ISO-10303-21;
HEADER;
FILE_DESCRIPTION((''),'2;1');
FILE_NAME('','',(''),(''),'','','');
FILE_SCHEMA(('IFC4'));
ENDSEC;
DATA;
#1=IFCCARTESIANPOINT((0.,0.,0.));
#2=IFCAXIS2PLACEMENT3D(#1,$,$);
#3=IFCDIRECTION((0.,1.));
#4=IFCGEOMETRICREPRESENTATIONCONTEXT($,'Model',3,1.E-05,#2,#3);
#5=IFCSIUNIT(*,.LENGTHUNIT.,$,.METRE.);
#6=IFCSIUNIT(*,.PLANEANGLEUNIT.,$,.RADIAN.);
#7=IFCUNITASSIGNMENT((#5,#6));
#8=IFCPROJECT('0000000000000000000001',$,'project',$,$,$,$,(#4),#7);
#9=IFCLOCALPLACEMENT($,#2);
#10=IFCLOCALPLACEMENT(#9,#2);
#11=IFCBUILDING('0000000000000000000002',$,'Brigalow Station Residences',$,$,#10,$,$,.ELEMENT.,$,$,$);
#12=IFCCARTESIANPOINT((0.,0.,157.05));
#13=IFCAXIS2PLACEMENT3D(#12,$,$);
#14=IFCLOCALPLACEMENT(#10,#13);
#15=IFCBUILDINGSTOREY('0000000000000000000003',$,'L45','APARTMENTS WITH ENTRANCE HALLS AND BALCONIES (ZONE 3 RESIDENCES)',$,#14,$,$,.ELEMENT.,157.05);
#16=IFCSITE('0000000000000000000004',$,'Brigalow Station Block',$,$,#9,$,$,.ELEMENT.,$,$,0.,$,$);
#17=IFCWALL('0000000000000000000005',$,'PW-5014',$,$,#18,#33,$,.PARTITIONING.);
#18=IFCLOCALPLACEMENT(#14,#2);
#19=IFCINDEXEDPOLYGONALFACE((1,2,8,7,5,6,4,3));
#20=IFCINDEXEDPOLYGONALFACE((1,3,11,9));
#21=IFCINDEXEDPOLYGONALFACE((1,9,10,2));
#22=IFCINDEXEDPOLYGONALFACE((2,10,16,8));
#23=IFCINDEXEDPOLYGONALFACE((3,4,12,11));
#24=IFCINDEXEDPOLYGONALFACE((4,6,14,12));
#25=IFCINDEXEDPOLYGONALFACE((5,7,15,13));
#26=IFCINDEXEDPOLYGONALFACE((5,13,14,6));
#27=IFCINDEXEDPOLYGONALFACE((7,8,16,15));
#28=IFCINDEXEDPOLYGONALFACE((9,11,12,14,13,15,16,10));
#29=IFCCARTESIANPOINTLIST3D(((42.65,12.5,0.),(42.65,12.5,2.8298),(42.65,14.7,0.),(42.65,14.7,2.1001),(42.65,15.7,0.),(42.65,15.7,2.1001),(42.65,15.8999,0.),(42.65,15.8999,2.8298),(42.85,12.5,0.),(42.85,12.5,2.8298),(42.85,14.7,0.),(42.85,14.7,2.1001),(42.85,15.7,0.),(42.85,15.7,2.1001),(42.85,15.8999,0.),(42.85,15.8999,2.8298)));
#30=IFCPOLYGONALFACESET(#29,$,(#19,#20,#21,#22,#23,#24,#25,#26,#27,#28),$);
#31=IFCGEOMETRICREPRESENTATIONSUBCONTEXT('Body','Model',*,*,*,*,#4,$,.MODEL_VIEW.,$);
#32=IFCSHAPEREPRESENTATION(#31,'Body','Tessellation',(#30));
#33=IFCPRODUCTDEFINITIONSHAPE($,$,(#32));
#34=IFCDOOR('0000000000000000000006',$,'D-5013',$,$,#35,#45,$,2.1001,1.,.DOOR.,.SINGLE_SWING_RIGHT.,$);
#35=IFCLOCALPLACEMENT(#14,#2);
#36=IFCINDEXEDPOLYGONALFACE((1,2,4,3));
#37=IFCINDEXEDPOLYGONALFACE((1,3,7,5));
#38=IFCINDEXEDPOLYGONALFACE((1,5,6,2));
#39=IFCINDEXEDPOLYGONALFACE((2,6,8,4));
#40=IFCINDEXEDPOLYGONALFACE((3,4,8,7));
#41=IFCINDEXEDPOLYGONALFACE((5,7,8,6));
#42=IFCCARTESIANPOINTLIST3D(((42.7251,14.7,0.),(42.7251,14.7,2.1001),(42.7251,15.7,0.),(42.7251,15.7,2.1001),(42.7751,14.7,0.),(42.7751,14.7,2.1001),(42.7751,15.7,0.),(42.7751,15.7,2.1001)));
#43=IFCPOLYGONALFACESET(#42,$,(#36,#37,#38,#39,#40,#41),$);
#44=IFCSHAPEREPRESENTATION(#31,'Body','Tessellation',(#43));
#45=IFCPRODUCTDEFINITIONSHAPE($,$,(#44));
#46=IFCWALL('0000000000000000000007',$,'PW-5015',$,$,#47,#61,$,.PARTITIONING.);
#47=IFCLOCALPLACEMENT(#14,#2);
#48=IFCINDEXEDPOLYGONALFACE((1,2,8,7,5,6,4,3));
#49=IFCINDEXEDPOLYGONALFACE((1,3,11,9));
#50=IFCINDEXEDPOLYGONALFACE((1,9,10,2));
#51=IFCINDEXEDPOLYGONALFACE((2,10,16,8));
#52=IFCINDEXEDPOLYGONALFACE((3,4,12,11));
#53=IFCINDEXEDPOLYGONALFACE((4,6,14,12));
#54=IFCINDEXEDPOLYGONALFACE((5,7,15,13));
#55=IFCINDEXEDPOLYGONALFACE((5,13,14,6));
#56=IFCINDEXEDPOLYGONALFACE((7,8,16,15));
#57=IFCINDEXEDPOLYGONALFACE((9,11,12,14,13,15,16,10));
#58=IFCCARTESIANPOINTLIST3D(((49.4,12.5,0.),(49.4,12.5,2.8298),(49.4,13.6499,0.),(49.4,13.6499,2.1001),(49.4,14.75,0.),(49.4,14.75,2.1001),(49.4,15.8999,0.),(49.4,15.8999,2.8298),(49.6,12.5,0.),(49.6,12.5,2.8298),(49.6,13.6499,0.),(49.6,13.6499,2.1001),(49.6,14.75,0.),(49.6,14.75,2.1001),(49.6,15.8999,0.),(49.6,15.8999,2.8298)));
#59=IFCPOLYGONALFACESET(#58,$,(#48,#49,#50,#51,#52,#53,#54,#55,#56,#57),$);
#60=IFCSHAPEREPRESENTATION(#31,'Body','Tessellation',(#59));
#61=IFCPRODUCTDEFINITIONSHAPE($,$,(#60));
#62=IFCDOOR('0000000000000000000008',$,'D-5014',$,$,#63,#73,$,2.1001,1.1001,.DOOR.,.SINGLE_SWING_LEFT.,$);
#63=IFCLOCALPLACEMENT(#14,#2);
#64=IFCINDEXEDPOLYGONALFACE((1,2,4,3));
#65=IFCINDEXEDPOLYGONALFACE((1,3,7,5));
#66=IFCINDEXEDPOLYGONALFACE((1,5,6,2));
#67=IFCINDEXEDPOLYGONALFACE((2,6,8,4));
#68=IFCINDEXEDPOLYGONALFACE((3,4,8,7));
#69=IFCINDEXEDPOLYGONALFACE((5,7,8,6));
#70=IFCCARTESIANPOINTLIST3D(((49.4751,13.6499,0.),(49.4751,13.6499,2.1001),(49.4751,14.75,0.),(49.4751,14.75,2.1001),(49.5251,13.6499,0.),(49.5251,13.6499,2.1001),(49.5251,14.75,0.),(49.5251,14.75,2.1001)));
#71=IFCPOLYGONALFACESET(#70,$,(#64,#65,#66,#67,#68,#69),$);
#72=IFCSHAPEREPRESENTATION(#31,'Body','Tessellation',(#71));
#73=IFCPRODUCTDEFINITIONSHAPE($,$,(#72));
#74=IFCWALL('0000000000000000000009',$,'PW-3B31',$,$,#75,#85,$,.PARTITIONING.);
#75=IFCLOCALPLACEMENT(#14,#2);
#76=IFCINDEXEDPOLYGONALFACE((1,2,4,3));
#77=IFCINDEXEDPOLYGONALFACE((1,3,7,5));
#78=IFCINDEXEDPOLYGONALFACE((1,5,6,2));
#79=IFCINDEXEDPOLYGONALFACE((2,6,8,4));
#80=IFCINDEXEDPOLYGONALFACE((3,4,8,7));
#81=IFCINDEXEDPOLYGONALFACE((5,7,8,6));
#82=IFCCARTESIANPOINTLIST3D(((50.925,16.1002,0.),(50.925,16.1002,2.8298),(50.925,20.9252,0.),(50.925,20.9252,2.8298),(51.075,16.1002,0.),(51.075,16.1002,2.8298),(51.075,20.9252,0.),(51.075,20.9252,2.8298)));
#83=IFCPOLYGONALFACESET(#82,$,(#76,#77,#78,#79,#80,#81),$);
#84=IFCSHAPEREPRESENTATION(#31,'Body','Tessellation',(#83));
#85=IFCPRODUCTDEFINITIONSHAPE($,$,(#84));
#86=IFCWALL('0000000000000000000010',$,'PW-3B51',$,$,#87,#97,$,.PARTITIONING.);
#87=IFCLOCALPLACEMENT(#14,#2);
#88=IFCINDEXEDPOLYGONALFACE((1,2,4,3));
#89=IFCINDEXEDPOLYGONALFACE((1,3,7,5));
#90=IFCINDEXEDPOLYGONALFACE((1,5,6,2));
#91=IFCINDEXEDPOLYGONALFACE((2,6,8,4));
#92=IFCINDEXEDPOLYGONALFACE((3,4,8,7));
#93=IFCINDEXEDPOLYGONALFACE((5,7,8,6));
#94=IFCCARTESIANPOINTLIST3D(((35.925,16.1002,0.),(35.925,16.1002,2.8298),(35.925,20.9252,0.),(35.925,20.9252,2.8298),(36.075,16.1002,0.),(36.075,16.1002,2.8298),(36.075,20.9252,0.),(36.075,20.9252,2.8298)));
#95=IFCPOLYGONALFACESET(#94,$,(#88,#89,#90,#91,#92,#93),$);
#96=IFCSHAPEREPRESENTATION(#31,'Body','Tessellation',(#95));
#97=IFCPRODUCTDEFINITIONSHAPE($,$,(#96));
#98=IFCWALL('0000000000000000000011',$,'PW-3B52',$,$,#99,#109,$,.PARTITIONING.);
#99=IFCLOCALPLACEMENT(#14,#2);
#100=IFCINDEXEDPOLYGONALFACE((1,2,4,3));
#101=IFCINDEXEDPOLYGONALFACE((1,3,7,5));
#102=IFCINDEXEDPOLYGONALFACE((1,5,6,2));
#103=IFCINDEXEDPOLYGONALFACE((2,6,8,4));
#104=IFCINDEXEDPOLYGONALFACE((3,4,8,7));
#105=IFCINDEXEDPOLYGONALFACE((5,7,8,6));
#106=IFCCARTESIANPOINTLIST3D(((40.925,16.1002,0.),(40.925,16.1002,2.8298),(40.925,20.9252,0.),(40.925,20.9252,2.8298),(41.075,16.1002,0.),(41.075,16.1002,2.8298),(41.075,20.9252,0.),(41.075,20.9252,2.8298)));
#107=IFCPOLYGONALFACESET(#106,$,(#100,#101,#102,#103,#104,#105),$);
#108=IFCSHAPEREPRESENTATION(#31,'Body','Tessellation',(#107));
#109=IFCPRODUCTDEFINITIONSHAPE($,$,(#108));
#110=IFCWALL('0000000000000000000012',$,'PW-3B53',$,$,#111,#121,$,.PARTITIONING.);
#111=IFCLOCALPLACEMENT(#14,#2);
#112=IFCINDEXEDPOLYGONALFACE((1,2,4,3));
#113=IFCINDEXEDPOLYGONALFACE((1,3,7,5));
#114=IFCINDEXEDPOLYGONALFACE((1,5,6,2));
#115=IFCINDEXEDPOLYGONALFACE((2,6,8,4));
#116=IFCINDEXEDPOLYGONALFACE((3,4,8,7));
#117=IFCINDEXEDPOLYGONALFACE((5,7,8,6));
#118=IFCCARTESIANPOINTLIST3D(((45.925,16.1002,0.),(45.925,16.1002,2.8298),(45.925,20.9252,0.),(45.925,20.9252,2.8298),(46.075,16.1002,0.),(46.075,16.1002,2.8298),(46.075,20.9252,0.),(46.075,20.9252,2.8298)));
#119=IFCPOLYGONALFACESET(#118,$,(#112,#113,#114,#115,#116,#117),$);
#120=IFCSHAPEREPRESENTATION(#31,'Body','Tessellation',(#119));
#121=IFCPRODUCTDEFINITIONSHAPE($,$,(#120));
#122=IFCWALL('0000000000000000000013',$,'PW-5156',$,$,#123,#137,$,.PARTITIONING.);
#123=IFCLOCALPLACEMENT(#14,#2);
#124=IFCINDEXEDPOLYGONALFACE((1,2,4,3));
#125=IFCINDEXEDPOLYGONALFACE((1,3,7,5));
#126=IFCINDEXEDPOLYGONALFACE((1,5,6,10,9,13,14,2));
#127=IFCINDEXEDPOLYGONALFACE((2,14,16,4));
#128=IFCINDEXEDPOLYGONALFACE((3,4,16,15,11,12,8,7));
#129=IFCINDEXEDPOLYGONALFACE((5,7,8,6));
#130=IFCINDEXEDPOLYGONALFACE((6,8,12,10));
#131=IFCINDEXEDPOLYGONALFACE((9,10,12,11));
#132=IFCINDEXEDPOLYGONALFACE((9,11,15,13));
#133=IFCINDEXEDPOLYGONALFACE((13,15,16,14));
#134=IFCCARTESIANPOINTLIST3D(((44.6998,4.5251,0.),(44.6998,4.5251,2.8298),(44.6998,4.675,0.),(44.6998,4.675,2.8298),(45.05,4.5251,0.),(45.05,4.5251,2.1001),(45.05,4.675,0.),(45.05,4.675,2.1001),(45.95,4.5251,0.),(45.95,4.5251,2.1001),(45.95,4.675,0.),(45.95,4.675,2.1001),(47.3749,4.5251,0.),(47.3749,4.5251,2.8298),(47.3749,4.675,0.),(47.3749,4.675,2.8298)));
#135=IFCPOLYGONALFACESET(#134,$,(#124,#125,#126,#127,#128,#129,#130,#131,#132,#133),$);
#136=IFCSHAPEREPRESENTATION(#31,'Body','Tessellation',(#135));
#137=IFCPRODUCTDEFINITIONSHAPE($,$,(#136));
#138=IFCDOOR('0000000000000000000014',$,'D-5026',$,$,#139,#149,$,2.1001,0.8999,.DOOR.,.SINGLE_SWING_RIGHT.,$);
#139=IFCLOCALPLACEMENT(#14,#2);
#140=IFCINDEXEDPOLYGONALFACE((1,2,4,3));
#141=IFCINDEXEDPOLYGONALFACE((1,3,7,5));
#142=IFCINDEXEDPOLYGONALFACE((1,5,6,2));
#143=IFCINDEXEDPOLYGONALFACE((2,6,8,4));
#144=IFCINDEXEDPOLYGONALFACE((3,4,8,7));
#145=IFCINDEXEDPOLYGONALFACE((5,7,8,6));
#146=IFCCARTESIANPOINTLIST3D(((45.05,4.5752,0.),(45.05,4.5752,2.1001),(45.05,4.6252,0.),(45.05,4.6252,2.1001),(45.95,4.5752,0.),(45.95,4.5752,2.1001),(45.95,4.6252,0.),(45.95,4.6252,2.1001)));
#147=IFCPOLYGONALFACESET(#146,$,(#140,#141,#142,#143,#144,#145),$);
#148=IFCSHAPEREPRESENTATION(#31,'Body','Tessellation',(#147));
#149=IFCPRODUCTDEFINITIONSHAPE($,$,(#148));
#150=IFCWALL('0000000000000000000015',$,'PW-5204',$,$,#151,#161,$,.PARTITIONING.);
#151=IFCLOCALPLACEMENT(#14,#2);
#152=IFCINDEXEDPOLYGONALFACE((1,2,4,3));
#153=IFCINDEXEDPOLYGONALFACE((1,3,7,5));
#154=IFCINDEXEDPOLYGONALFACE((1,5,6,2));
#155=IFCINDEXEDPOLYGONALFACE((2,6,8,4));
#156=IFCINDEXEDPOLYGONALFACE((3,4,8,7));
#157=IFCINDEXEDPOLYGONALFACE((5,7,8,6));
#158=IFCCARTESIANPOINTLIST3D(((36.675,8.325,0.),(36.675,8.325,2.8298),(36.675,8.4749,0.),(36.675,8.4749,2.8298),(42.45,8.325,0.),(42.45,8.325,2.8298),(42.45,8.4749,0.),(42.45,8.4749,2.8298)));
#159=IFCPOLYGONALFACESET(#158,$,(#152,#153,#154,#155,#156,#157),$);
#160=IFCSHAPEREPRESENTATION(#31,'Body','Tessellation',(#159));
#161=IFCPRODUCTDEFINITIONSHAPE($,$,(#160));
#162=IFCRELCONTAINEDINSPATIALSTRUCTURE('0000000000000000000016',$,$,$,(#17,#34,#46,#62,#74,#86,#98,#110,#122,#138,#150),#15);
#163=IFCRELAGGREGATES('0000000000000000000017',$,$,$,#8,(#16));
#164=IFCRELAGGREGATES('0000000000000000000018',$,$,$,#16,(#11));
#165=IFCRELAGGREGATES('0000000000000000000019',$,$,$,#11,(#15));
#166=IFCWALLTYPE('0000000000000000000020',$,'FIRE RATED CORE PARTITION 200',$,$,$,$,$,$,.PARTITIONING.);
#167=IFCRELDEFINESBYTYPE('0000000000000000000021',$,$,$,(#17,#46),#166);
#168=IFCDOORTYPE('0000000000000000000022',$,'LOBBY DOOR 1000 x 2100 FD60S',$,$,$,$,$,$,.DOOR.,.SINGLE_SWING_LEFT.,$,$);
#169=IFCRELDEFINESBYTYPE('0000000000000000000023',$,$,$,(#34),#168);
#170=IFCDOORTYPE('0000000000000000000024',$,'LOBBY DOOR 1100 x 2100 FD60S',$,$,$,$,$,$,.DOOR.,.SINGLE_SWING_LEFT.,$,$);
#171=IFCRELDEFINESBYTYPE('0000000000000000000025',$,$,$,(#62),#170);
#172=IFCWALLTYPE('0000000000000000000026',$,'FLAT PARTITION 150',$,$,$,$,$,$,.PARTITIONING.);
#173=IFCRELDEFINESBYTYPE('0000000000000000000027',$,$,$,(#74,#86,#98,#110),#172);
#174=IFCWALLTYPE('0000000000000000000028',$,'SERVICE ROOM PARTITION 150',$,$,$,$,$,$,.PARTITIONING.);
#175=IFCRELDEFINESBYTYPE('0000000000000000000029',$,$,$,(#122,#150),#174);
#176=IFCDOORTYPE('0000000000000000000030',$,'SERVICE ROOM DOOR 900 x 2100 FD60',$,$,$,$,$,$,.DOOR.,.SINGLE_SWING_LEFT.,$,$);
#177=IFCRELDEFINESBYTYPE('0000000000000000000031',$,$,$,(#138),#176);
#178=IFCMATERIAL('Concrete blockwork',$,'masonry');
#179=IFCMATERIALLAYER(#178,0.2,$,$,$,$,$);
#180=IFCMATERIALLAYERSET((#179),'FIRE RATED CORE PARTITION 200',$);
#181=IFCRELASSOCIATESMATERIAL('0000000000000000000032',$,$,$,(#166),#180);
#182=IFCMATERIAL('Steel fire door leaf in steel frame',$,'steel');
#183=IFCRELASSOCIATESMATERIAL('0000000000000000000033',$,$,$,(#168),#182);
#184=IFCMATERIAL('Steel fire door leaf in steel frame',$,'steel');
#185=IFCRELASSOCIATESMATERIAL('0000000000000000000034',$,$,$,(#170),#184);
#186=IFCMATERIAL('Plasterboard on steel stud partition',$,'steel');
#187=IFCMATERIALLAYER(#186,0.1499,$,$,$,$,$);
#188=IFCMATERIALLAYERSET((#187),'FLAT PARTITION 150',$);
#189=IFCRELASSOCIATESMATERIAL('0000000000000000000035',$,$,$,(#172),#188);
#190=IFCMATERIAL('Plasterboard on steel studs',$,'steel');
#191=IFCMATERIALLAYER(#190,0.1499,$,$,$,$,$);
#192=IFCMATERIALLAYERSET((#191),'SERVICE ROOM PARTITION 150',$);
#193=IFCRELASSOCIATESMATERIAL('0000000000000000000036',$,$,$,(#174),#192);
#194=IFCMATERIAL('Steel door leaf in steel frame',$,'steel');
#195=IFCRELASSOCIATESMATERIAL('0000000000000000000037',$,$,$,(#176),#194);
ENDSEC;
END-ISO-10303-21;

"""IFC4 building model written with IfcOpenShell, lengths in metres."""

from ifc_helpers import new_model, si_unit, direction, frame, frame_2d, origin, place, context, subcontext, project, spatial, rectangle, extrude, material, layer, layer_set, type_object, element, fill, save


model = new_model("IFC4")

# Units and contexts
model_context = context("Model", 3, precision=1e-05, world=origin(), true_north=direction((0.0, 1.0)))
body_context = subcontext(model_context, "Body", "Model", "MODEL_VIEW")
ifc_project = project(units=[si_unit("LENGTHUNIT", "METRE"), si_unit("PLANEANGLEUNIT", "RADIAN")], contexts=[model_context])

# Site, building, storey
site_placement = place(None, origin())
site = spatial("IfcSite", under=ifc_project, at=site_placement, Name="Brigalow Station Block", CompositionType="ELEMENT", RefElevation=0.0)
building_placement = place(site_placement, origin())
building = spatial("IfcBuilding", under=site, at=building_placement, Name="Brigalow Station Residences", CompositionType="ELEMENT")
storey_placement = place(building_placement, frame((0.0, 0.0, 157.05)))
storey = spatial("IfcBuildingStorey", under=building, at=storey_placement, Name="L45", Description="APARTMENTS WITH ENTRANCE HALLS AND BALCONIES (ZONE 3 RESIDENCES)", CompositionType="ELEMENT", Elevation=157.05)

# Shared definitions
ifc_material_1 = material(Name="Concrete blockwork", Category="masonry")
ifc_layer_1 = layer(ifc_material_1, 0.2)
ifc_layer_set_1 = layer_set([ifc_layer_1], Name="FIRE RATED CORE PARTITION 200")
wall_type_1 = type_object("IfcWallType", Name="FIRE RATED CORE PARTITION 200", PredefinedType="PARTITIONING", material=ifc_layer_set_1)

# Walls, openings, doors
wall_1_placement = place(storey_placement, frame((42.75, 12.5, 0.0), z_axis=(0.0, 0.0, 1.0), x_axis=(0.0, 1.0, 0.0)))
wall_1 = element("IfcWall", 1, at=wall_1_placement, inside=storey, type_object=wall_type_1, Name="PW-5014", PredefinedType="PARTITIONING", context=body_context, shape_type="SweptSolid", body=[
    extrude(rectangle(XDim=3.3999, YDim=0.2, at=frame_2d((1.7, 0.0))), origin(), (0.0, 0.0, 1.0), 2.8298),
])
opening_1_placement = place(wall_1_placement, frame((2.2, 0.0, 0.0)))
opening_1 = element("IfcOpeningElement", 2, at=opening_1_placement, cuts=wall_1, PredefinedType="OPENING", context=body_context, shape_type="SweptSolid", body=[
    extrude(rectangle(XDim=1.0, YDim=2.1001, at=frame_2d((0.5, 1.05))), frame((0.0, 0.1099, 0.0), z_axis=(0.0, -1.0, 0.0), x_axis=(1.0, 0.0, 0.0)), (0.0, 0.0, 1.0), 0.22),
])
ifc_material_2 = material(Name="Steel fire door leaf in steel frame", Category="steel")
door_type_1 = type_object("IfcDoorType", Name="LOBBY DOOR 1000 x 2100 FD60S", OperationType="SINGLE_SWING_LEFT", PredefinedType="DOOR", material=ifc_material_2)
door_1_placement = place(opening_1_placement, origin())
door_1 = element("IfcDoor", 3, at=door_1_placement, inside=storey, type_object=door_type_1, Name="D-5013", OperationType="SINGLE_SWING_RIGHT", OverallHeight=2.1001, OverallWidth=1.0, PredefinedType="DOOR", context=body_context, shape_type="SweptSolid", body=[
    extrude(rectangle(XDim=1.0, YDim=2.1001, at=frame_2d((0.5, 1.05))), frame((0.0, 0.0249, 0.0), z_axis=(0.0, -1.0, 0.0), x_axis=(1.0, 0.0, 0.0)), (0.0, 0.0, 1.0), 0.05),
])
fill(opening_1, door_1)
wall_2_placement = place(storey_placement, frame((49.5, 12.5, 0.0), z_axis=(0.0, 0.0, 1.0), x_axis=(0.0, 1.0, 0.0)))
wall_2 = element("IfcWall", 4, at=wall_2_placement, inside=storey, type_object=wall_type_1, Name="PW-5015", PredefinedType="PARTITIONING", context=body_context, shape_type="SweptSolid", body=[
    extrude(rectangle(XDim=3.3999, YDim=0.2, at=frame_2d((1.7, 0.0))), origin(), (0.0, 0.0, 1.0), 2.8298),
])
opening_2_placement = place(wall_2_placement, frame((1.1499, 0.0, 0.0)))
opening_2 = element("IfcOpeningElement", 5, at=opening_2_placement, cuts=wall_2, PredefinedType="OPENING", context=body_context, shape_type="SweptSolid", body=[
    extrude(rectangle(XDim=1.1001, YDim=2.1001, at=frame_2d((0.55, 1.05))), frame((0.0, 0.1099, 0.0), z_axis=(0.0, -1.0, 0.0), x_axis=(1.0, 0.0, 0.0)), (0.0, 0.0, 1.0), 0.22),
])
ifc_material_3 = material(Name="Steel fire door leaf in steel frame", Category="steel")
door_type_2 = type_object("IfcDoorType", Name="LOBBY DOOR 1100 x 2100 FD60S", OperationType="SINGLE_SWING_LEFT", PredefinedType="DOOR", material=ifc_material_3)
door_2_placement = place(opening_2_placement, origin())
door_2 = element("IfcDoor", 6, at=door_2_placement, inside=storey, type_object=door_type_2, Name="D-5014", OperationType="SINGLE_SWING_LEFT", OverallHeight=2.1001, OverallWidth=1.1001, PredefinedType="DOOR", context=body_context, shape_type="SweptSolid", body=[
    extrude(rectangle(XDim=1.1001, YDim=2.1001, at=frame_2d((0.55, 1.05))), frame((0.0, 0.0249, 0.0), z_axis=(0.0, -1.0, 0.0), x_axis=(1.0, 0.0, 0.0)), (0.0, 0.0, 1.0), 0.05),
])
fill(opening_2, door_2)

# Walls
ifc_material_4 = material(Name="Plasterboard on steel stud partition", Category="steel")
ifc_layer_2 = layer(ifc_material_4, 0.1499)
ifc_layer_set_2 = layer_set([ifc_layer_2], Name="FLAT PARTITION 150")
wall_type_2 = type_object("IfcWallType", Name="FLAT PARTITION 150", PredefinedType="PARTITIONING", material=ifc_layer_set_2)
for number, where, z_axis, x_axis, name in (
    (7, (51.0, 16.1001, 0.0), (0.0, 0.0, 1.0), (0.0, 1.0, 0.0), "PW-3B31"),
    (8, (36.0, 16.1001, 0.0), (0.0, 0.0, 1.0), (0.0, 1.0, 0.0), "PW-3B51"),
    (9, (41.0, 16.1001, 0.0), (0.0, 0.0, 1.0), (0.0, 1.0, 0.0), "PW-3B52"),
    (10, (46.0, 16.1001, 0.0), (0.0, 0.0, 1.0), (0.0, 1.0, 0.0), "PW-3B53"),
):
    element("IfcWall", number, at=place(storey_placement, frame(where, z_axis=z_axis, x_axis=x_axis)), inside=storey, type_object=wall_type_2, Name=name, PredefinedType="PARTITIONING", context=body_context, shape_type="SweptSolid", body=[
        extrude(rectangle(XDim=4.825, YDim=0.1499, at=frame_2d((2.4126, 0.0))), origin(), (0.0, 0.0, 1.0), 2.8298),
    ])

# Wall, opening, door
ifc_material_5 = material(Name="Plasterboard on steel studs", Category="steel")
ifc_layer_3 = layer(ifc_material_5, 0.1499)
ifc_layer_set_3 = layer_set([ifc_layer_3], Name="SERVICE ROOM PARTITION 150")
wall_type_3 = type_object("IfcWallType", Name="SERVICE ROOM PARTITION 150", PredefinedType="PARTITIONING", material=ifc_layer_set_3)
wall_3_placement = place(storey_placement, frame((44.7, 4.6001, 0.0), z_axis=(0.0, 0.0, 1.0), x_axis=(1.0, 0.0, 0.0)))
wall_3 = element("IfcWall", 11, at=wall_3_placement, inside=storey, type_object=wall_type_3, Name="PW-5156", PredefinedType="PARTITIONING", context=body_context, shape_type="SweptSolid", body=[
    extrude(rectangle(XDim=2.675, YDim=0.1499, at=frame_2d((1.3374, 0.0))), origin(), (0.0, 0.0, 1.0), 2.8298),
])
opening_3_placement = place(wall_3_placement, frame((0.3501, 0.0, 0.0)))
opening_3 = element("IfcOpeningElement", 12, at=opening_3_placement, cuts=wall_3, PredefinedType="OPENING", context=body_context, shape_type="SweptSolid", body=[
    extrude(rectangle(XDim=0.8999, YDim=2.1001, at=frame_2d((0.45, 1.05))), frame((0.0, 0.085, 0.0), z_axis=(0.0, -1.0, 0.0), x_axis=(1.0, 0.0, 0.0)), (0.0, 0.0, 1.0), 0.1699),
])
ifc_material_6 = material(Name="Steel door leaf in steel frame", Category="steel")
door_type_3 = type_object("IfcDoorType", Name="SERVICE ROOM DOOR 900 x 2100 FD60", OperationType="SINGLE_SWING_LEFT", PredefinedType="DOOR", material=ifc_material_6)
door_3_placement = place(opening_3_placement, frame((0.8999, 0.0, 0.0), z_axis=(0.0, 0.0, 1.0), x_axis=(-1.0, 0.0, 0.0)))
door_3 = element("IfcDoor", 13, at=door_3_placement, inside=storey, type_object=door_type_3, Name="D-5026", OperationType="SINGLE_SWING_RIGHT", OverallHeight=2.1001, OverallWidth=0.8999, PredefinedType="DOOR", context=body_context, shape_type="SweptSolid", body=[
    extrude(rectangle(XDim=0.8999, YDim=2.1001, at=frame_2d((0.45, 1.05))), frame((0.0, 0.0249, 0.0), z_axis=(0.0, -1.0, 0.0), x_axis=(1.0, 0.0, 0.0)), (0.0, 0.0, 1.0), 0.05),
])
fill(opening_3, door_3)

# Wall
wall_4_placement = place(storey_placement, frame((36.675, 8.3999, 0.0), z_axis=(0.0, 0.0, 1.0), x_axis=(1.0, 0.0, 0.0)))
element("IfcWall", 14, at=wall_4_placement, inside=storey, type_object=wall_type_3, Name="PW-5204", PredefinedType="PARTITIONING", context=body_context, shape_type="SweptSolid", body=[
    extrude(rectangle(XDim=5.7749, YDim=0.1499, at=frame_2d((2.8875, 0.0))), origin(), (0.0, 0.0, 1.0), 2.8298),
])

save(model, "model.ifc")
